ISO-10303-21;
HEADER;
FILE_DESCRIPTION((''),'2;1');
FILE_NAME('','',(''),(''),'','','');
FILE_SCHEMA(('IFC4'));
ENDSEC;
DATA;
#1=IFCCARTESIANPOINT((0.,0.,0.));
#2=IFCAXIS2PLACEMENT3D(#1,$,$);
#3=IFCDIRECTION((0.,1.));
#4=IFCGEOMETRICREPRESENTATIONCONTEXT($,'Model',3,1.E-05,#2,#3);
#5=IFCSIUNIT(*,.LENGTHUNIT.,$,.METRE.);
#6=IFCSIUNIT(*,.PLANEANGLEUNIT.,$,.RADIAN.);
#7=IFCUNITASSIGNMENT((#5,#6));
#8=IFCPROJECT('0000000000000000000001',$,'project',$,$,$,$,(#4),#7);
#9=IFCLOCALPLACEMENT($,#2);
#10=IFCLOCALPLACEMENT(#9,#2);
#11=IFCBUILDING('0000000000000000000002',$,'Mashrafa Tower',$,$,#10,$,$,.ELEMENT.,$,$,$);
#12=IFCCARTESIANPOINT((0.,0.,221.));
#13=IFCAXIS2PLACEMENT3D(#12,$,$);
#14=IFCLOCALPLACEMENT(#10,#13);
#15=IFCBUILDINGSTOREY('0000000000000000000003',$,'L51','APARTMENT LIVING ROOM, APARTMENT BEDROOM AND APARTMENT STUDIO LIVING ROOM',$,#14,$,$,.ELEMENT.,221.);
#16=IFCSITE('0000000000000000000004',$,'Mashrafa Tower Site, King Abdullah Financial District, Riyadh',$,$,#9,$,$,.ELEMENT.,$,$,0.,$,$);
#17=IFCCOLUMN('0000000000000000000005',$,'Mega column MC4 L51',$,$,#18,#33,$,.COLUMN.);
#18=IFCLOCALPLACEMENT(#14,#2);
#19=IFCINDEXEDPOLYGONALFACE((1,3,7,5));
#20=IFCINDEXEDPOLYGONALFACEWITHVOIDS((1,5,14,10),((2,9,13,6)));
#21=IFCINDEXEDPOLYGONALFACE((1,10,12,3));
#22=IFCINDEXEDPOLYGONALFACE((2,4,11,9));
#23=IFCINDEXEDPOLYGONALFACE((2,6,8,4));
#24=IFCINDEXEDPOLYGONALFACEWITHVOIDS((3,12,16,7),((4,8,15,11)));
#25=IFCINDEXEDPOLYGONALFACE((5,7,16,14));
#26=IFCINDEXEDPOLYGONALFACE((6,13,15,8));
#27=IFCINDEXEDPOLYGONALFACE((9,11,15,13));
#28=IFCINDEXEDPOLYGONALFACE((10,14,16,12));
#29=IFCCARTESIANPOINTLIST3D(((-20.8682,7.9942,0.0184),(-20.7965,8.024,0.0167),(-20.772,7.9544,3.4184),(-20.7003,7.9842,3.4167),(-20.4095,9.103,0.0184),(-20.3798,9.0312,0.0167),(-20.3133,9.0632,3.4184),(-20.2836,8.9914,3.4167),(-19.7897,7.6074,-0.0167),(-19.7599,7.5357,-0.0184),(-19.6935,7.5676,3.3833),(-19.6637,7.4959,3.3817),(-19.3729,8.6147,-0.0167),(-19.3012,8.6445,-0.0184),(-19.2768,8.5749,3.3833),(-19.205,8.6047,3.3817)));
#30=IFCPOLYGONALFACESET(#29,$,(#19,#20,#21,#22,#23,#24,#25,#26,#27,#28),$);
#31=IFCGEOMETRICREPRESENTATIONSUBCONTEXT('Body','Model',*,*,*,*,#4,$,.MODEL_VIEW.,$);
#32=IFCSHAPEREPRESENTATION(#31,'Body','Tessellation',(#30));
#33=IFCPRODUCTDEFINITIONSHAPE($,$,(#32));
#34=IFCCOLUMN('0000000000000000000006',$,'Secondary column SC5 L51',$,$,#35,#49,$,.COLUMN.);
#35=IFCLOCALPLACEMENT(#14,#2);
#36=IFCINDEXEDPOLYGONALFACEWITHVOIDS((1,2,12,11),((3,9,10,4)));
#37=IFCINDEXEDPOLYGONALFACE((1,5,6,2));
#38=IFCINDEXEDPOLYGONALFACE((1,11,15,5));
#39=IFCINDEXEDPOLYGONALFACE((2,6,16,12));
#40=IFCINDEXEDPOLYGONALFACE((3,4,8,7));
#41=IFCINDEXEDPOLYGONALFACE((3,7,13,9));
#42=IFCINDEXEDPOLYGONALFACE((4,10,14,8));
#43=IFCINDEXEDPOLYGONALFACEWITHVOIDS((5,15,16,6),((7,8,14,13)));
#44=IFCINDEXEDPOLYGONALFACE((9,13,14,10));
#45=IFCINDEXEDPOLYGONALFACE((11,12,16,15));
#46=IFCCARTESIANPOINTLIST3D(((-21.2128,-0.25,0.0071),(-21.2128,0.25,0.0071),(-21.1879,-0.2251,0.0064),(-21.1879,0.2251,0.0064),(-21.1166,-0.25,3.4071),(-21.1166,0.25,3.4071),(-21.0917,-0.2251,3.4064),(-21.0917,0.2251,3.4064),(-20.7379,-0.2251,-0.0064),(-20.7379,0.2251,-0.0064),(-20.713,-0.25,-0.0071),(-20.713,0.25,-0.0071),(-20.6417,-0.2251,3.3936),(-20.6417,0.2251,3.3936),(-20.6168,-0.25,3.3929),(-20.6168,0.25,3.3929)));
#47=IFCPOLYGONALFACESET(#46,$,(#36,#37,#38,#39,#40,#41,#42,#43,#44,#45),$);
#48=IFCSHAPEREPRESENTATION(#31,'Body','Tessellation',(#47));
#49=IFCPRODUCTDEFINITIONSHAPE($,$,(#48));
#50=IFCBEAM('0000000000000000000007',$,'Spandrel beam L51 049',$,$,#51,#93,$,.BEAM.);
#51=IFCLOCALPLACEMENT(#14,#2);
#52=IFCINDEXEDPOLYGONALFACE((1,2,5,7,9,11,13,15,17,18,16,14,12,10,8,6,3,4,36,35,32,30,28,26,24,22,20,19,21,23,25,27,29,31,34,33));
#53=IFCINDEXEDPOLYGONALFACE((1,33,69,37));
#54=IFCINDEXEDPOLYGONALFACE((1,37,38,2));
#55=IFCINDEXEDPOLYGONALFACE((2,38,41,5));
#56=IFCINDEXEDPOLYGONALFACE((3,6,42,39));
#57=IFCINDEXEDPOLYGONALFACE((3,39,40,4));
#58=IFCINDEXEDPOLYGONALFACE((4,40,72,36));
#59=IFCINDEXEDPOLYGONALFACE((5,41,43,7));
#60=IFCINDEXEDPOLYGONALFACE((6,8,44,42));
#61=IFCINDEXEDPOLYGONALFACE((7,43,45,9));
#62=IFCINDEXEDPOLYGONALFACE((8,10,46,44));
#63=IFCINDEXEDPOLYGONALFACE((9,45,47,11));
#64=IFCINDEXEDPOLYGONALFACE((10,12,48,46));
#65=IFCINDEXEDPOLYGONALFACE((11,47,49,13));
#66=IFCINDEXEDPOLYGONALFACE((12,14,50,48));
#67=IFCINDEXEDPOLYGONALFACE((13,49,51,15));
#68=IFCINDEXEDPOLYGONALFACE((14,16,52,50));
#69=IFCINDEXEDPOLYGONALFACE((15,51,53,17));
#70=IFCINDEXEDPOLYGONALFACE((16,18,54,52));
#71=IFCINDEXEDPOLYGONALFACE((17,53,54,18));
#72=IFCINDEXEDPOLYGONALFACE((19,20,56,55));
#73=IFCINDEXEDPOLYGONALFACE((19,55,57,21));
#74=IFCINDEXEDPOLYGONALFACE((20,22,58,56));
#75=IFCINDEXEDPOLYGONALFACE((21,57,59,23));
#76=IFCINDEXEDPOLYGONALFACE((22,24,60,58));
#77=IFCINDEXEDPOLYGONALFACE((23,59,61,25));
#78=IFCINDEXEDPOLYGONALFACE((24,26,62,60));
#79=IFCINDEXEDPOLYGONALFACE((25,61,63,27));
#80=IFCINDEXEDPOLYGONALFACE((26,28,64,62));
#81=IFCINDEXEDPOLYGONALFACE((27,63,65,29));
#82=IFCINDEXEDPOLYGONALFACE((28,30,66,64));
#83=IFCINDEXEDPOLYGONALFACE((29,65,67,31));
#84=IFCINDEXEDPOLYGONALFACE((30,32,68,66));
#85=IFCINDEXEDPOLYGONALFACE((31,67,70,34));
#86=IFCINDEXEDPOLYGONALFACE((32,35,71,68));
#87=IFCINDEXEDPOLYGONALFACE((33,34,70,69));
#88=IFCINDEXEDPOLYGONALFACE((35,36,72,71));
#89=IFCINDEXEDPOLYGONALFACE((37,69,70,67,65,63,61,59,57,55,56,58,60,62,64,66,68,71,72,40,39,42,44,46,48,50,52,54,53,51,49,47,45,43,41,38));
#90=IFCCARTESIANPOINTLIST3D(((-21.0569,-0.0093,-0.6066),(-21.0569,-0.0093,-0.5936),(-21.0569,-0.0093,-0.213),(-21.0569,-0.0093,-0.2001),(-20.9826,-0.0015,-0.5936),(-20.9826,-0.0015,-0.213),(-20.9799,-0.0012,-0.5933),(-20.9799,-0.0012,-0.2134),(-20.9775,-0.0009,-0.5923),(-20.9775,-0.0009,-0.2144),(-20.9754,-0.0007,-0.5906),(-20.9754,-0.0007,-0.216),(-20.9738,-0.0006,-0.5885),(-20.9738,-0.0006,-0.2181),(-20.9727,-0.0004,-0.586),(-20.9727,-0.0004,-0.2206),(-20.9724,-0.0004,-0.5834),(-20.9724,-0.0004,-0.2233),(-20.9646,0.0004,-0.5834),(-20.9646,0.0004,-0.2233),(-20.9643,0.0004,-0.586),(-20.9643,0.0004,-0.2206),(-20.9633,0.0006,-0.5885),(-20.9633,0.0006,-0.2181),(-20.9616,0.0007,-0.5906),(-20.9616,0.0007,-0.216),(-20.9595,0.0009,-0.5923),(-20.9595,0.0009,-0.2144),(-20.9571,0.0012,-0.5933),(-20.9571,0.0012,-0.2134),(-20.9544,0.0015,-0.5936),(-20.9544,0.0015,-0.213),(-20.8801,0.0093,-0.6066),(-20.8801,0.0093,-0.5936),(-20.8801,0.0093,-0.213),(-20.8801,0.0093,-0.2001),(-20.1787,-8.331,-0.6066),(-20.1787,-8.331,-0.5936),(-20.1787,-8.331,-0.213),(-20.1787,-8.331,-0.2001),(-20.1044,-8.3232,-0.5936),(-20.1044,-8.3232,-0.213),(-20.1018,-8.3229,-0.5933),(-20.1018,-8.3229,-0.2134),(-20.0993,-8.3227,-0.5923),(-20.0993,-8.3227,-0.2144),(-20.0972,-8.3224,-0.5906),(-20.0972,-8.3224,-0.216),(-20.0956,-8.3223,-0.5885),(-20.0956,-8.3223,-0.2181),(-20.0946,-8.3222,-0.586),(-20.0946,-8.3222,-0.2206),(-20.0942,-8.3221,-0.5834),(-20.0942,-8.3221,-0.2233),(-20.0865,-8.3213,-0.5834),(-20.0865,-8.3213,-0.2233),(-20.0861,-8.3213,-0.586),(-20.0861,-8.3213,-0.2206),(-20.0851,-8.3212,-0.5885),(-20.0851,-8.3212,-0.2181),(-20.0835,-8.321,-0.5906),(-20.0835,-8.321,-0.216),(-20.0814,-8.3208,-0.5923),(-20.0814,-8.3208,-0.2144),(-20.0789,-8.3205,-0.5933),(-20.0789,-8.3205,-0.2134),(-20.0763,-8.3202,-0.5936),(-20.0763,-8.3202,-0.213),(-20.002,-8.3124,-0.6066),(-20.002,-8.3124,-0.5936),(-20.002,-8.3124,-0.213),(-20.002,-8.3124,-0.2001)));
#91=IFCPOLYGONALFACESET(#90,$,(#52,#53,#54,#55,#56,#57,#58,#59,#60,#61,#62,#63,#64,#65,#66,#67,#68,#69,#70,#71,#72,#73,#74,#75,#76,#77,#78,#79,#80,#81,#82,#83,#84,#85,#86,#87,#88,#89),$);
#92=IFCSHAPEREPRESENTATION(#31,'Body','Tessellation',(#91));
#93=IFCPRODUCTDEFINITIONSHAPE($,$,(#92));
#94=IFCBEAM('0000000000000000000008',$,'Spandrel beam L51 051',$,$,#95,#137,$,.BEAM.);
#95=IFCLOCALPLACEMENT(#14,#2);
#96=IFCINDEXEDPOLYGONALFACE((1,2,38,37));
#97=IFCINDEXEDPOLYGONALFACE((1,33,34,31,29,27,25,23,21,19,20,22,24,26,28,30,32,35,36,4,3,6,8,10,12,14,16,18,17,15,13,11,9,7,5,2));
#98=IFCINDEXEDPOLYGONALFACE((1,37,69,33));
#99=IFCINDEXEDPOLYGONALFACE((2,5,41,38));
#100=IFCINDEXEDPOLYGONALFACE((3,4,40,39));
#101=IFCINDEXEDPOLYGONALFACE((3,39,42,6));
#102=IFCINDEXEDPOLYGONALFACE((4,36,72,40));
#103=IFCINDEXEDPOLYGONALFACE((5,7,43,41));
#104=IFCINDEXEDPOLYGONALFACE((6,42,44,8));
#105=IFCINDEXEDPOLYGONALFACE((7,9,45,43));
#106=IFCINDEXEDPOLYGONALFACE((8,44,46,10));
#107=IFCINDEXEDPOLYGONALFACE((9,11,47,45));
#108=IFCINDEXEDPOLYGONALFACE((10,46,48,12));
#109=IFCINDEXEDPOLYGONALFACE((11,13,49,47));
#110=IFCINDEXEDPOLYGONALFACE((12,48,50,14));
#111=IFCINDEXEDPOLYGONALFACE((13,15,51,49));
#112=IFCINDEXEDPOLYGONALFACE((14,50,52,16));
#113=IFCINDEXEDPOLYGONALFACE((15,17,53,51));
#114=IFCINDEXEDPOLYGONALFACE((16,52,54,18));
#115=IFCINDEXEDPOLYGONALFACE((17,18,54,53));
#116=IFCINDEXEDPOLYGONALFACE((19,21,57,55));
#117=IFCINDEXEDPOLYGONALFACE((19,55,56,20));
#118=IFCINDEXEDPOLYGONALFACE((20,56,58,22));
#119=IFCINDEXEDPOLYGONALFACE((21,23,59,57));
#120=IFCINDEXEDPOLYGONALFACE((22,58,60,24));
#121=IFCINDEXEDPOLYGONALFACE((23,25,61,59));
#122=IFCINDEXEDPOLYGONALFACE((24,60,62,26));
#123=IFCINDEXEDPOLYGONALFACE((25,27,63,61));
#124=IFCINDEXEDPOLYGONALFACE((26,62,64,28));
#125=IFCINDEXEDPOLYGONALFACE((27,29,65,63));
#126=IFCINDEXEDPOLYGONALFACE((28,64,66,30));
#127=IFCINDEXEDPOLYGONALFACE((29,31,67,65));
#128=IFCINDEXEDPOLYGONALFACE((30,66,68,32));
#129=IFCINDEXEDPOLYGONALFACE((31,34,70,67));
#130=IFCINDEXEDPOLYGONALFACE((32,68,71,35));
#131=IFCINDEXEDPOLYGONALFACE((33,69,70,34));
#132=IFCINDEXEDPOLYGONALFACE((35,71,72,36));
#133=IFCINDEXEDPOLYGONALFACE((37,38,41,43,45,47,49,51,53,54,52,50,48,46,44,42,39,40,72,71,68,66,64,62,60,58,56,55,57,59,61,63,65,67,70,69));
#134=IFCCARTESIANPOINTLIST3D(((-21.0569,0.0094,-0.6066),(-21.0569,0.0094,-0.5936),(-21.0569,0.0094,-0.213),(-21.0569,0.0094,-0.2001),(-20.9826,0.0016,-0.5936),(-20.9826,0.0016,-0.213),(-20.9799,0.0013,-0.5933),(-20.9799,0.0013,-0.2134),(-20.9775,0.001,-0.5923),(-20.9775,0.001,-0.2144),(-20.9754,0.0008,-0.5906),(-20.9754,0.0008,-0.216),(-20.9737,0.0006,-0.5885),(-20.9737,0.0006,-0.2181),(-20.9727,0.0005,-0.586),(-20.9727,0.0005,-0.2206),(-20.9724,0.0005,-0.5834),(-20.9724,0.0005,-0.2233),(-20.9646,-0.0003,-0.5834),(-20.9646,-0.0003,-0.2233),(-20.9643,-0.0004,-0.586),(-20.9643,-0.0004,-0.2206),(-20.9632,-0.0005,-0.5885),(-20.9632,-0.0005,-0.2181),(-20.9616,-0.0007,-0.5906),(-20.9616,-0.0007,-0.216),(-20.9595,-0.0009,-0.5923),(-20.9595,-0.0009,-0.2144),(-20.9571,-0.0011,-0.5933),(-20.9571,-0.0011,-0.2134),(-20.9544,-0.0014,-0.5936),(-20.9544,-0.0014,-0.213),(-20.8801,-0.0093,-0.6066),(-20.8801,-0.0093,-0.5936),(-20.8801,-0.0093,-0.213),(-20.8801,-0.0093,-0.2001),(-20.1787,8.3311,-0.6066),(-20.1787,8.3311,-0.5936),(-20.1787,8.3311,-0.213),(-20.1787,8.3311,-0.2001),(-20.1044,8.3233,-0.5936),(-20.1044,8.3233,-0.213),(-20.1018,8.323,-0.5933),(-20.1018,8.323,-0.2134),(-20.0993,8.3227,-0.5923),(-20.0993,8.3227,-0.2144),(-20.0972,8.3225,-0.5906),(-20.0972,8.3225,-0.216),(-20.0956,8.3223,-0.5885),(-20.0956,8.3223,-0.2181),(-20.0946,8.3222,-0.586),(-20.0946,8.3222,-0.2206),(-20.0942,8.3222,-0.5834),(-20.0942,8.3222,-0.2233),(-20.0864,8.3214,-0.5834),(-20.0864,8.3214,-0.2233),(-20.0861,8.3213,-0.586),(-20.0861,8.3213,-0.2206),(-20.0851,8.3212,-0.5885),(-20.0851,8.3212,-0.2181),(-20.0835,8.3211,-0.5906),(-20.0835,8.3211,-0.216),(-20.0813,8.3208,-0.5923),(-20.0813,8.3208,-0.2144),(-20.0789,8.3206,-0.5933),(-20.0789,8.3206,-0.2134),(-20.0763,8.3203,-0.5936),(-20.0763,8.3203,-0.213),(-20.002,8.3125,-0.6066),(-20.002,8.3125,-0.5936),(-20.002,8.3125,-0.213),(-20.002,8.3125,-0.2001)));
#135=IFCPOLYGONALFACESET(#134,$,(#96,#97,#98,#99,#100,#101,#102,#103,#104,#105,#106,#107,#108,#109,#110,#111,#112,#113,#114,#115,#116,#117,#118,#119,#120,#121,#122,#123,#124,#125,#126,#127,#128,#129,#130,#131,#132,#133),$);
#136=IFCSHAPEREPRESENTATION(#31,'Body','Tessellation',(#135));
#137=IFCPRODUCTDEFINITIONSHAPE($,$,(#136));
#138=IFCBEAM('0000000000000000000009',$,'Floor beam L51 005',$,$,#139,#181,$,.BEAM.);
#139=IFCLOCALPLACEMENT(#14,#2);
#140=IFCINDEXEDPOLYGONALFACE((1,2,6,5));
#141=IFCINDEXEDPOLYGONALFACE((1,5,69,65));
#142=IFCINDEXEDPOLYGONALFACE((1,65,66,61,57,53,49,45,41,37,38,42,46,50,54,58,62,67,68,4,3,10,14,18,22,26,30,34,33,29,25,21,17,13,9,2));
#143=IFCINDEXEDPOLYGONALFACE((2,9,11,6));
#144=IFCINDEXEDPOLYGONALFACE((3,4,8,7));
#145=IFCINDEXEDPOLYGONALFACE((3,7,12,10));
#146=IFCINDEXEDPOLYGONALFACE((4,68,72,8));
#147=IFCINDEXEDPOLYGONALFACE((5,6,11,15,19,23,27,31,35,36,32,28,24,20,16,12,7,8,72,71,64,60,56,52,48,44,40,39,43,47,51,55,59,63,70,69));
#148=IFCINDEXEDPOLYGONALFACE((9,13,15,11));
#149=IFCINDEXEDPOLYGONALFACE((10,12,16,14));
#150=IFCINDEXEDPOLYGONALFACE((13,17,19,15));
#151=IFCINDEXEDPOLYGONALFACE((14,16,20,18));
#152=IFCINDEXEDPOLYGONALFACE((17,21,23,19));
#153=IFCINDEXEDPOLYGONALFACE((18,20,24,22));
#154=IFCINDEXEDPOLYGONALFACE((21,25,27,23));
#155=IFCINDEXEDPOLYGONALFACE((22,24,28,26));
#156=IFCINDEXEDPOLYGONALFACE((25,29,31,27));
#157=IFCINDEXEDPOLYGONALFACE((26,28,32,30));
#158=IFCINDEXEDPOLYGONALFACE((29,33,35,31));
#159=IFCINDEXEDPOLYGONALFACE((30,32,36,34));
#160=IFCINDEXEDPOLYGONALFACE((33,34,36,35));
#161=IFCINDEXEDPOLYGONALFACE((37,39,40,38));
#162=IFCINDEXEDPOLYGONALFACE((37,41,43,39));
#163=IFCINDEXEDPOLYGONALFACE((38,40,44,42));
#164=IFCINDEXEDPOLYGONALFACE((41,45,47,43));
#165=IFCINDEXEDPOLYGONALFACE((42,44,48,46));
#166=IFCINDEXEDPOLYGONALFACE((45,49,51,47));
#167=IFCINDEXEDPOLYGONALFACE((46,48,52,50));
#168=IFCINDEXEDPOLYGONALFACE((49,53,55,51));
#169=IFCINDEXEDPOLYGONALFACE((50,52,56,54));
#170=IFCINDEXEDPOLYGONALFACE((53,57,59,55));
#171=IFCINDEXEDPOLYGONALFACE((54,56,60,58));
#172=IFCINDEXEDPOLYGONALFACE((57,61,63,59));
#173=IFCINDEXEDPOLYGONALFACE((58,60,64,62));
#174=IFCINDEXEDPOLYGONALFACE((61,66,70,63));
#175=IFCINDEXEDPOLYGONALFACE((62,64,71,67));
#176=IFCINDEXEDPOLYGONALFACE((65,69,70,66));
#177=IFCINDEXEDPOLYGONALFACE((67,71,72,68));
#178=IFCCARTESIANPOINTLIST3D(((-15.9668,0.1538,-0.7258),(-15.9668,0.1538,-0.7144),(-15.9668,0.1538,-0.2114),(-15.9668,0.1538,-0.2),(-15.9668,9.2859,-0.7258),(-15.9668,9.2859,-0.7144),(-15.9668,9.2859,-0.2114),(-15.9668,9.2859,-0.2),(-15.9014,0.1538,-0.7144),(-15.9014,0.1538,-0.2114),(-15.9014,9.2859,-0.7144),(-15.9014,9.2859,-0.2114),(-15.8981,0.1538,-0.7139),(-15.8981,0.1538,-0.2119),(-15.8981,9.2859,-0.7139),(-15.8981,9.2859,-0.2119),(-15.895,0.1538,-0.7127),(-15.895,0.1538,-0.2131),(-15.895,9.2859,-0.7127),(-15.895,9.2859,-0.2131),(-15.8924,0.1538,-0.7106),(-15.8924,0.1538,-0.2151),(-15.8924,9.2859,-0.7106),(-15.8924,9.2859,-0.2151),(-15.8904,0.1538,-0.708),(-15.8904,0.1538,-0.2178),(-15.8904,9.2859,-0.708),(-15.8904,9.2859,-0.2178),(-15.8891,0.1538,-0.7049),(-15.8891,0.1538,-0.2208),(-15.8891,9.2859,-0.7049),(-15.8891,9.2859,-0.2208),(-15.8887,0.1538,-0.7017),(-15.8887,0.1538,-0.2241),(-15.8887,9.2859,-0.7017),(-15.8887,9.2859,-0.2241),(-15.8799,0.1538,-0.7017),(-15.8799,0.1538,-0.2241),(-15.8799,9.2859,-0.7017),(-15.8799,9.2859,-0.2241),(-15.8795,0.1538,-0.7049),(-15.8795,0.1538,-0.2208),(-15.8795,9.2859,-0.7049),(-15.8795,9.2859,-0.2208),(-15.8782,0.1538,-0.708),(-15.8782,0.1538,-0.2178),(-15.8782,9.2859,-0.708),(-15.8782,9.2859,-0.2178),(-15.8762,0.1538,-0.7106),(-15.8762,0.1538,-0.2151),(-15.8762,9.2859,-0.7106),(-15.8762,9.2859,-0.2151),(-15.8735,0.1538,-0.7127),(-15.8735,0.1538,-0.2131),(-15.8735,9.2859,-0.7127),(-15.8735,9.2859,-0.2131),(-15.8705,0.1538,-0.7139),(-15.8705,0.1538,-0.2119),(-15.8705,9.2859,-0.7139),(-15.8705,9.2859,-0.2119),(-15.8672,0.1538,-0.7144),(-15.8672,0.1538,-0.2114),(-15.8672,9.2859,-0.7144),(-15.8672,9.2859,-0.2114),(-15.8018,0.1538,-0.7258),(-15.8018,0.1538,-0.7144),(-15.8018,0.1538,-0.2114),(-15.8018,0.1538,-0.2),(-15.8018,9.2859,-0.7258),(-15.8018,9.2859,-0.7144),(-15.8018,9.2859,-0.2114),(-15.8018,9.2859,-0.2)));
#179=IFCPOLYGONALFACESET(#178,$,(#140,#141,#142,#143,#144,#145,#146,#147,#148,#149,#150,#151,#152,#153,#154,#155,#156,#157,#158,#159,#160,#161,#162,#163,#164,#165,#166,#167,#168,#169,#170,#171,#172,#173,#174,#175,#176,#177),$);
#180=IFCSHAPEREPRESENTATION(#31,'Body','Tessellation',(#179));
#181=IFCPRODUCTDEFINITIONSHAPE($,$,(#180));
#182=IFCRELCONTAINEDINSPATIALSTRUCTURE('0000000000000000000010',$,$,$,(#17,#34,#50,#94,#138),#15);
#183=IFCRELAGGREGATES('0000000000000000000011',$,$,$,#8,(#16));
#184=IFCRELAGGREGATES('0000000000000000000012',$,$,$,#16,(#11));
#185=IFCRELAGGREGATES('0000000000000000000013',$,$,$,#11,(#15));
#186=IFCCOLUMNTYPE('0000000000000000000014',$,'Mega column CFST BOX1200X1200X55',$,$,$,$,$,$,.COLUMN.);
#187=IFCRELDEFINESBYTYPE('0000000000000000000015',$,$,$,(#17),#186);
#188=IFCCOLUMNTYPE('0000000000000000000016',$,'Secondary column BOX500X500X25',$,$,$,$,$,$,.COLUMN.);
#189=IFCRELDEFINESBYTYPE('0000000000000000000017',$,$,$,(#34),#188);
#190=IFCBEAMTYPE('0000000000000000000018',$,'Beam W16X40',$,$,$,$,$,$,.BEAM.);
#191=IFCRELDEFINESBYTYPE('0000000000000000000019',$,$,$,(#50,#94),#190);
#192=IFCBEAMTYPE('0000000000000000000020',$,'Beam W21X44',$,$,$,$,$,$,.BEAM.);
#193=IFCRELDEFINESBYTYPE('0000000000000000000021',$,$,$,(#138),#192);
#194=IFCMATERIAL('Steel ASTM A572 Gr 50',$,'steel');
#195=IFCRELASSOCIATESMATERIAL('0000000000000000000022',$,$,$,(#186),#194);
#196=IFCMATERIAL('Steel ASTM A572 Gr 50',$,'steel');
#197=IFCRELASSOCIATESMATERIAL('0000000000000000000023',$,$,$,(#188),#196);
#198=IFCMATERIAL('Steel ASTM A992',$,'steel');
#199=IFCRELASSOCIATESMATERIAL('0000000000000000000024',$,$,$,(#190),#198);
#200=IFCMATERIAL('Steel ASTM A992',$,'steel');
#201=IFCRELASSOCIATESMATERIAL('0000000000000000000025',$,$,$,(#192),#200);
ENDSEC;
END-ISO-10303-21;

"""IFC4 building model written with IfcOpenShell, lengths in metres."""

from ifc_helpers import new_model, si_unit, direction, frame, origin, origin_2d, place, context, subcontext, project, spatial, hollow_rectangle, i_section, extrude, material, material_profile, profile_set, type_object, element, save


model = new_model("IFC4")

# Units and contexts
model_context = context("Model", 3, precision=1e-05, world=origin(), true_north=direction((0.0, 1.0)))
body_context = subcontext(model_context, "Body", "Model", "MODEL_VIEW")
ifc_project = project(units=[si_unit("LENGTHUNIT", "METRE"), si_unit("PLANEANGLEUNIT", "RADIAN")], contexts=[model_context])

# Site, building, storey
site_placement = place(None, origin())
site = spatial("IfcSite", under=ifc_project, at=site_placement, Name="Mashrafa Tower Site, King Abdullah Financial District, Riyadh", CompositionType="ELEMENT", RefElevation=0.0)
building_placement = place(site_placement, origin())
building = spatial("IfcBuilding", under=site, at=building_placement, Name="Mashrafa Tower", CompositionType="ELEMENT")
storey_placement = place(building_placement, frame((0.0, 0.0, 221.0)))
storey = spatial("IfcBuildingStorey", under=building, at=storey_placement, Name="L51", Description="APARTMENT LIVING ROOM, APARTMENT BEDROOM AND APARTMENT STUDIO LIVING ROOM", CompositionType="ELEMENT", Elevation=221.0)

# Columns
ifc_material_1 = material(Name="Steel ASTM A572 Gr 50", Category="steel")
ifc_material_profile_1 = material_profile(ifc_material_1, hollow_rectangle(XDim=1.2, YDim=1.2, WallThickness=0.0549, at=origin_2d()), Name="BOX1200X1200X55")
ifc_profile_set_1 = profile_set([ifc_material_profile_1], Name="Steel ASTM A572 Gr 50")
column_type_1 = type_object("IfcColumnType", Name="Mega column CFST BOX1200X1200X55", PredefinedType="COLUMN", material=ifc_profile_set_1)
column_1_placement = place(storey_placement, frame((-20.0847, 8.3193, 0.0), z_axis=(0.028279, -0.011699, 0.999532), x_axis=(0.382283, 0.924045, 0.0)))
element("IfcColumn", 1, at=column_1_placement, inside=storey, type_object=column_type_1, Name="Mega column MC4 L51", PredefinedType="COLUMN", context=body_context, shape_type="SweptSolid", body=[
    extrude(hollow_rectangle(XDim=1.2, YDim=1.2, WallThickness=0.0549, at=origin_2d()), origin(), (0.0, 0.0, 1.0), 3.4016),
])
ifc_material_2 = material(Name="Steel ASTM A572 Gr 50", Category="steel")
ifc_material_profile_2 = material_profile(ifc_material_2, hollow_rectangle(XDim=0.5, YDim=0.5, WallThickness=0.0249, at=origin_2d()), Name="BOX500X500X25")
ifc_profile_set_2 = profile_set([ifc_material_profile_2], Name="Steel ASTM A572 Gr 50")
column_type_2 = type_object("IfcColumnType", Name="Secondary column BOX500X500X25", PredefinedType="COLUMN", material=ifc_profile_set_2)
column_2_placement = place(storey_placement, frame((-20.9629, 0.0, 0.0), z_axis=(0.028281, 0.0, 0.9996), x_axis=(0.0, 1.0, 0.0)))
element("IfcColumn", 2, at=column_2_placement, inside=storey, type_object=column_type_2, Name="Secondary column SC5 L51", PredefinedType="COLUMN", context=body_context, shape_type="SweptSolid", body=[
    extrude(hollow_rectangle(XDim=0.5, YDim=0.5, WallThickness=0.0249, at=origin_2d()), origin(), (0.0, 0.0, 1.0), 3.4014),
])

# Beams
ifc_material_3 = material(Name="Steel ASTM A992", Category="steel")
ifc_material_profile_3 = material_profile(ifc_material_3, i_section(OverallWidth=0.1777, OverallDepth=0.4065, WebThickness=0.0078, FlangeThickness=0.0129, FilletRadius=0.0103, at=origin_2d()), Name="W16X40")
ifc_profile_set_3 = profile_set([ifc_material_profile_3], Name="Steel ASTM A992")
beam_type_1 = type_object("IfcBeamType", Name="Beam W16X40", PredefinedType="BEAM", material=ifc_profile_set_3)
for number, where, z_axis, x_axis, name in (
    (3, (-20.9685, 0.0, -0.4033), (0.104944, -0.994478, 0.0), (0.994478, 0.104944, 0.0), "Spandrel beam L51 049"),
    (4, (-20.0903, 8.3218, -0.4033), (-0.104944, -0.994478, 0.0), (0.994478, -0.104944, 0.0), "Spandrel beam L51 051"),
):
    element("IfcBeam", number, at=place(storey_placement, frame(where, z_axis=z_axis, x_axis=x_axis)), inside=storey, type_object=beam_type_1, Name=name, PredefinedType="BEAM", context=body_context, shape_type="SweptSolid", body=[
        extrude(i_section(OverallWidth=0.1777, OverallDepth=0.4065, WebThickness=0.0078, FlangeThickness=0.0129, FilletRadius=0.0103, at=origin_2d()), origin(), (0.0, 0.0, 1.0), 8.3679),
    ])
ifc_material_4 = material(Name="Steel ASTM A992", Category="steel")
ifc_material_profile_4 = material_profile(ifc_material_4, i_section(OverallWidth=0.165, OverallDepth=0.5259, WebThickness=0.0088, FlangeThickness=0.0115, FilletRadius=0.0127, at=origin_2d()), Name="W21X44")
ifc_profile_set_4 = profile_set([ifc_material_profile_4], Name="Steel ASTM A992")
beam_type_2 = type_object("IfcBeamType", Name="Beam W21X44", PredefinedType="BEAM", material=ifc_profile_set_4)
beam_1_placement = place(storey_placement, frame((-15.8843, 0.1538, -0.4629), z_axis=(0.0, 1.0, 0.0), x_axis=(-1.0, 0.0, 0.0)))
element("IfcBeam", 5, at=beam_1_placement, inside=storey, type_object=beam_type_2, Name="Floor beam L51 005", PredefinedType="BEAM", context=body_context, shape_type="SweptSolid", body=[
    extrude(i_section(OverallWidth=0.165, OverallDepth=0.5259, WebThickness=0.0088, FlangeThickness=0.0115, FilletRadius=0.0127, at=origin_2d()), origin(), (0.0, 0.0, 1.0), 9.1321),
])

save(model, "model.ifc")
